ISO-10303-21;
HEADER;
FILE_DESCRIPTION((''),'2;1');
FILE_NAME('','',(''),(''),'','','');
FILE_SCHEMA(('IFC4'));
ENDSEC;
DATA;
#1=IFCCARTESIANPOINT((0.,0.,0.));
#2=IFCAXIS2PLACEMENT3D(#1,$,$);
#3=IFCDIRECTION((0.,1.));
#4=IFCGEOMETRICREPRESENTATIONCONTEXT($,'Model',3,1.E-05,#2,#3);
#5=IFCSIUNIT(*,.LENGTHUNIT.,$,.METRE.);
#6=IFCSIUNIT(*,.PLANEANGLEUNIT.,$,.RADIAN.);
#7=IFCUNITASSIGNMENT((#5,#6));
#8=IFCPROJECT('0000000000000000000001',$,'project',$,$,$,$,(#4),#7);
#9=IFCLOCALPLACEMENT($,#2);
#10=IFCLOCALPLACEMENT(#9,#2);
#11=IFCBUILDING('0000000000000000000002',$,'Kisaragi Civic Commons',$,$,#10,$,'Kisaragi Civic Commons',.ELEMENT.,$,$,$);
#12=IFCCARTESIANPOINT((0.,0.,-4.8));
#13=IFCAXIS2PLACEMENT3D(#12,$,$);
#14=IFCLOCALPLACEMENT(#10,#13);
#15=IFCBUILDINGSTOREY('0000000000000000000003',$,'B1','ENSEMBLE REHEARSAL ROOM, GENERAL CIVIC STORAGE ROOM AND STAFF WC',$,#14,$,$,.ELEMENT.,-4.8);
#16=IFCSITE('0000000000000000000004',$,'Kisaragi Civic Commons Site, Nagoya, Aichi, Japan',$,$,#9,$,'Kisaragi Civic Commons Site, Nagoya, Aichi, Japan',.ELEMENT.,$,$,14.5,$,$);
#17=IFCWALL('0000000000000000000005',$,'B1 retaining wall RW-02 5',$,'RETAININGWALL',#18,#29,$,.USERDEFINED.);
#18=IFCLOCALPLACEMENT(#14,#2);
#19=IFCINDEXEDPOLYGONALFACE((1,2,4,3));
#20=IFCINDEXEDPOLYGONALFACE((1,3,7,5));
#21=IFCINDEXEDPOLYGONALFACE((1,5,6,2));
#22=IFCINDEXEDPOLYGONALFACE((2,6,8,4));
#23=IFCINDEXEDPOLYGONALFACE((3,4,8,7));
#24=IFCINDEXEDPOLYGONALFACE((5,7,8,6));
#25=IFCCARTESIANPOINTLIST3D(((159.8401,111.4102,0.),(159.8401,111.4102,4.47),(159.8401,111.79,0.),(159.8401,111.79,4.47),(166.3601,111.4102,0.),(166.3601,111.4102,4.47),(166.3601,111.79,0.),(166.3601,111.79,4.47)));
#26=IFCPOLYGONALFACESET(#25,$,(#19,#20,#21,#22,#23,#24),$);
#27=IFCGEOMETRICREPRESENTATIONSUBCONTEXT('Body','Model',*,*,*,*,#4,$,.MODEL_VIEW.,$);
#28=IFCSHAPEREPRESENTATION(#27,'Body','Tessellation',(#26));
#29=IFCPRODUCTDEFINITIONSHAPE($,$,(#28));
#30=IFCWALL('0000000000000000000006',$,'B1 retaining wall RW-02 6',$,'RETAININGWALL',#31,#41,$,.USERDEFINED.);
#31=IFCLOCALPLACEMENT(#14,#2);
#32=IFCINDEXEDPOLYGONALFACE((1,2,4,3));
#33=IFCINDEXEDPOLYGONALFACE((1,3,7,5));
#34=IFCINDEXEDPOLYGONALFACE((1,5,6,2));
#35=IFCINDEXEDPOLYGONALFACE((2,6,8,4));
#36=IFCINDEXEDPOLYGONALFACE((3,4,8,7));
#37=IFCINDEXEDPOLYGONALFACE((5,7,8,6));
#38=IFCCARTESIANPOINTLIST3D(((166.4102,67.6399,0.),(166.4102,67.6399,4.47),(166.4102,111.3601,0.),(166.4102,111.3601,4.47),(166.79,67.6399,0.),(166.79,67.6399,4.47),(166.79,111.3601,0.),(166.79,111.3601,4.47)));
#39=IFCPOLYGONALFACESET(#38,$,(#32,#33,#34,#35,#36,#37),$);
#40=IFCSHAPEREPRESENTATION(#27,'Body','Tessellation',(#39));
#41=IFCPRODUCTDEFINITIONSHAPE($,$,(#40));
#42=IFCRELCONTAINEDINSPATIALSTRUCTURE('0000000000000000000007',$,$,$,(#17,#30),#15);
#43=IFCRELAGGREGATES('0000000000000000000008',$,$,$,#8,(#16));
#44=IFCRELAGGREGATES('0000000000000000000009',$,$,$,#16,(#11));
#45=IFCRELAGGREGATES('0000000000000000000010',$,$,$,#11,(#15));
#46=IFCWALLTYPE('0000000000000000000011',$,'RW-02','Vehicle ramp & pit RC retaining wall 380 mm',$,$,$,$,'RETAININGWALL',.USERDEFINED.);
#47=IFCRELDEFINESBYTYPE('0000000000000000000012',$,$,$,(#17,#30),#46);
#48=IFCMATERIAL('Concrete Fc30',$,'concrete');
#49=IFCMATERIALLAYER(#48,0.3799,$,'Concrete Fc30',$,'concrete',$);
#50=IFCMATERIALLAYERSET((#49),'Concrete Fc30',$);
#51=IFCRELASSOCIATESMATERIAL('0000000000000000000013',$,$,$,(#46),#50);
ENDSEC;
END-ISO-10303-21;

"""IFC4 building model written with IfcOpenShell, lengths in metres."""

from ifc_helpers import new_model, si_unit, direction, frame, frame_2d, origin, place, context, subcontext, project, spatial, rectangle, extrude, material, layer, layer_set, type_object, element, save


model = new_model("IFC4")

# Units and contexts
model_context = context("Model", 3, precision=1e-05, world=origin(), true_north=direction((0.0, 1.0)))
body_context = subcontext(model_context, "Body", "Model", "MODEL_VIEW")
ifc_project = project(units=[si_unit("LENGTHUNIT", "METRE"), si_unit("PLANEANGLEUNIT", "RADIAN")], contexts=[model_context])

# Site, building, storey
site_placement = place(None, origin())
site = spatial("IfcSite", under=ifc_project, at=site_placement, Name="Kisaragi Civic Commons Site, Nagoya, Aichi, Japan", LongName="Kisaragi Civic Commons Site, Nagoya, Aichi, Japan", CompositionType="ELEMENT", RefElevation=14.5)
building_placement = place(site_placement, origin())
building = spatial("IfcBuilding", under=site, at=building_placement, Name="Kisaragi Civic Commons", LongName="Kisaragi Civic Commons", CompositionType="ELEMENT")
storey_placement = place(building_placement, frame((0.0, 0.0, -4.8)))
storey = spatial("IfcBuildingStorey", under=building, at=storey_placement, Name="B1", Description="ENSEMBLE REHEARSAL ROOM, GENERAL CIVIC STORAGE ROOM AND STAFF WC", CompositionType="ELEMENT", Elevation=-4.8)

# Walls
ifc_material_1 = material(Name="Concrete Fc30", Category="concrete")
ifc_layer = layer(ifc_material_1, 0.3799, Name="Concrete Fc30", Category="concrete")
ifc_layer_set = layer_set([ifc_layer], Name="Concrete Fc30")
wall_type = type_object("IfcWallType", Name="RW-02", Description="Vehicle ramp & pit RC retaining wall 380 mm", ElementType="RETAININGWALL", PredefinedType="USERDEFINED", material=ifc_layer_set)
wall_1_placement = place(storey_placement, frame((159.8401, 111.6001, 0.0), z_axis=(0.0, 0.0, 1.0), x_axis=(1.0, 0.0, 0.0)))
element("IfcWall", 1, at=wall_1_placement, inside=storey, type_object=wall_type, Name="B1 retaining wall RW-02 5", ObjectType="RETAININGWALL", PredefinedType="USERDEFINED", context=body_context, shape_type="SweptSolid", body=[
    extrude(rectangle(XDim=6.52, YDim=0.3799, at=frame_2d((3.26, 0.0))), origin(), (0.0, 0.0, 1.0), 4.47),
])
wall_2_placement = place(storey_placement, frame((166.6001, 111.3601, 0.0), z_axis=(0.0, 0.0, 1.0), x_axis=(0.0, -1.0, 0.0)))
element("IfcWall", 2, at=wall_2_placement, inside=storey, type_object=wall_type, Name="B1 retaining wall RW-02 6", ObjectType="RETAININGWALL", PredefinedType="USERDEFINED", context=body_context, shape_type="SweptSolid", body=[
    extrude(rectangle(XDim=43.7202, YDim=0.3799, at=frame_2d((21.8601, 0.0))), origin(), (0.0, 0.0, 1.0), 4.47),
])

save(model, "model.ifc")
